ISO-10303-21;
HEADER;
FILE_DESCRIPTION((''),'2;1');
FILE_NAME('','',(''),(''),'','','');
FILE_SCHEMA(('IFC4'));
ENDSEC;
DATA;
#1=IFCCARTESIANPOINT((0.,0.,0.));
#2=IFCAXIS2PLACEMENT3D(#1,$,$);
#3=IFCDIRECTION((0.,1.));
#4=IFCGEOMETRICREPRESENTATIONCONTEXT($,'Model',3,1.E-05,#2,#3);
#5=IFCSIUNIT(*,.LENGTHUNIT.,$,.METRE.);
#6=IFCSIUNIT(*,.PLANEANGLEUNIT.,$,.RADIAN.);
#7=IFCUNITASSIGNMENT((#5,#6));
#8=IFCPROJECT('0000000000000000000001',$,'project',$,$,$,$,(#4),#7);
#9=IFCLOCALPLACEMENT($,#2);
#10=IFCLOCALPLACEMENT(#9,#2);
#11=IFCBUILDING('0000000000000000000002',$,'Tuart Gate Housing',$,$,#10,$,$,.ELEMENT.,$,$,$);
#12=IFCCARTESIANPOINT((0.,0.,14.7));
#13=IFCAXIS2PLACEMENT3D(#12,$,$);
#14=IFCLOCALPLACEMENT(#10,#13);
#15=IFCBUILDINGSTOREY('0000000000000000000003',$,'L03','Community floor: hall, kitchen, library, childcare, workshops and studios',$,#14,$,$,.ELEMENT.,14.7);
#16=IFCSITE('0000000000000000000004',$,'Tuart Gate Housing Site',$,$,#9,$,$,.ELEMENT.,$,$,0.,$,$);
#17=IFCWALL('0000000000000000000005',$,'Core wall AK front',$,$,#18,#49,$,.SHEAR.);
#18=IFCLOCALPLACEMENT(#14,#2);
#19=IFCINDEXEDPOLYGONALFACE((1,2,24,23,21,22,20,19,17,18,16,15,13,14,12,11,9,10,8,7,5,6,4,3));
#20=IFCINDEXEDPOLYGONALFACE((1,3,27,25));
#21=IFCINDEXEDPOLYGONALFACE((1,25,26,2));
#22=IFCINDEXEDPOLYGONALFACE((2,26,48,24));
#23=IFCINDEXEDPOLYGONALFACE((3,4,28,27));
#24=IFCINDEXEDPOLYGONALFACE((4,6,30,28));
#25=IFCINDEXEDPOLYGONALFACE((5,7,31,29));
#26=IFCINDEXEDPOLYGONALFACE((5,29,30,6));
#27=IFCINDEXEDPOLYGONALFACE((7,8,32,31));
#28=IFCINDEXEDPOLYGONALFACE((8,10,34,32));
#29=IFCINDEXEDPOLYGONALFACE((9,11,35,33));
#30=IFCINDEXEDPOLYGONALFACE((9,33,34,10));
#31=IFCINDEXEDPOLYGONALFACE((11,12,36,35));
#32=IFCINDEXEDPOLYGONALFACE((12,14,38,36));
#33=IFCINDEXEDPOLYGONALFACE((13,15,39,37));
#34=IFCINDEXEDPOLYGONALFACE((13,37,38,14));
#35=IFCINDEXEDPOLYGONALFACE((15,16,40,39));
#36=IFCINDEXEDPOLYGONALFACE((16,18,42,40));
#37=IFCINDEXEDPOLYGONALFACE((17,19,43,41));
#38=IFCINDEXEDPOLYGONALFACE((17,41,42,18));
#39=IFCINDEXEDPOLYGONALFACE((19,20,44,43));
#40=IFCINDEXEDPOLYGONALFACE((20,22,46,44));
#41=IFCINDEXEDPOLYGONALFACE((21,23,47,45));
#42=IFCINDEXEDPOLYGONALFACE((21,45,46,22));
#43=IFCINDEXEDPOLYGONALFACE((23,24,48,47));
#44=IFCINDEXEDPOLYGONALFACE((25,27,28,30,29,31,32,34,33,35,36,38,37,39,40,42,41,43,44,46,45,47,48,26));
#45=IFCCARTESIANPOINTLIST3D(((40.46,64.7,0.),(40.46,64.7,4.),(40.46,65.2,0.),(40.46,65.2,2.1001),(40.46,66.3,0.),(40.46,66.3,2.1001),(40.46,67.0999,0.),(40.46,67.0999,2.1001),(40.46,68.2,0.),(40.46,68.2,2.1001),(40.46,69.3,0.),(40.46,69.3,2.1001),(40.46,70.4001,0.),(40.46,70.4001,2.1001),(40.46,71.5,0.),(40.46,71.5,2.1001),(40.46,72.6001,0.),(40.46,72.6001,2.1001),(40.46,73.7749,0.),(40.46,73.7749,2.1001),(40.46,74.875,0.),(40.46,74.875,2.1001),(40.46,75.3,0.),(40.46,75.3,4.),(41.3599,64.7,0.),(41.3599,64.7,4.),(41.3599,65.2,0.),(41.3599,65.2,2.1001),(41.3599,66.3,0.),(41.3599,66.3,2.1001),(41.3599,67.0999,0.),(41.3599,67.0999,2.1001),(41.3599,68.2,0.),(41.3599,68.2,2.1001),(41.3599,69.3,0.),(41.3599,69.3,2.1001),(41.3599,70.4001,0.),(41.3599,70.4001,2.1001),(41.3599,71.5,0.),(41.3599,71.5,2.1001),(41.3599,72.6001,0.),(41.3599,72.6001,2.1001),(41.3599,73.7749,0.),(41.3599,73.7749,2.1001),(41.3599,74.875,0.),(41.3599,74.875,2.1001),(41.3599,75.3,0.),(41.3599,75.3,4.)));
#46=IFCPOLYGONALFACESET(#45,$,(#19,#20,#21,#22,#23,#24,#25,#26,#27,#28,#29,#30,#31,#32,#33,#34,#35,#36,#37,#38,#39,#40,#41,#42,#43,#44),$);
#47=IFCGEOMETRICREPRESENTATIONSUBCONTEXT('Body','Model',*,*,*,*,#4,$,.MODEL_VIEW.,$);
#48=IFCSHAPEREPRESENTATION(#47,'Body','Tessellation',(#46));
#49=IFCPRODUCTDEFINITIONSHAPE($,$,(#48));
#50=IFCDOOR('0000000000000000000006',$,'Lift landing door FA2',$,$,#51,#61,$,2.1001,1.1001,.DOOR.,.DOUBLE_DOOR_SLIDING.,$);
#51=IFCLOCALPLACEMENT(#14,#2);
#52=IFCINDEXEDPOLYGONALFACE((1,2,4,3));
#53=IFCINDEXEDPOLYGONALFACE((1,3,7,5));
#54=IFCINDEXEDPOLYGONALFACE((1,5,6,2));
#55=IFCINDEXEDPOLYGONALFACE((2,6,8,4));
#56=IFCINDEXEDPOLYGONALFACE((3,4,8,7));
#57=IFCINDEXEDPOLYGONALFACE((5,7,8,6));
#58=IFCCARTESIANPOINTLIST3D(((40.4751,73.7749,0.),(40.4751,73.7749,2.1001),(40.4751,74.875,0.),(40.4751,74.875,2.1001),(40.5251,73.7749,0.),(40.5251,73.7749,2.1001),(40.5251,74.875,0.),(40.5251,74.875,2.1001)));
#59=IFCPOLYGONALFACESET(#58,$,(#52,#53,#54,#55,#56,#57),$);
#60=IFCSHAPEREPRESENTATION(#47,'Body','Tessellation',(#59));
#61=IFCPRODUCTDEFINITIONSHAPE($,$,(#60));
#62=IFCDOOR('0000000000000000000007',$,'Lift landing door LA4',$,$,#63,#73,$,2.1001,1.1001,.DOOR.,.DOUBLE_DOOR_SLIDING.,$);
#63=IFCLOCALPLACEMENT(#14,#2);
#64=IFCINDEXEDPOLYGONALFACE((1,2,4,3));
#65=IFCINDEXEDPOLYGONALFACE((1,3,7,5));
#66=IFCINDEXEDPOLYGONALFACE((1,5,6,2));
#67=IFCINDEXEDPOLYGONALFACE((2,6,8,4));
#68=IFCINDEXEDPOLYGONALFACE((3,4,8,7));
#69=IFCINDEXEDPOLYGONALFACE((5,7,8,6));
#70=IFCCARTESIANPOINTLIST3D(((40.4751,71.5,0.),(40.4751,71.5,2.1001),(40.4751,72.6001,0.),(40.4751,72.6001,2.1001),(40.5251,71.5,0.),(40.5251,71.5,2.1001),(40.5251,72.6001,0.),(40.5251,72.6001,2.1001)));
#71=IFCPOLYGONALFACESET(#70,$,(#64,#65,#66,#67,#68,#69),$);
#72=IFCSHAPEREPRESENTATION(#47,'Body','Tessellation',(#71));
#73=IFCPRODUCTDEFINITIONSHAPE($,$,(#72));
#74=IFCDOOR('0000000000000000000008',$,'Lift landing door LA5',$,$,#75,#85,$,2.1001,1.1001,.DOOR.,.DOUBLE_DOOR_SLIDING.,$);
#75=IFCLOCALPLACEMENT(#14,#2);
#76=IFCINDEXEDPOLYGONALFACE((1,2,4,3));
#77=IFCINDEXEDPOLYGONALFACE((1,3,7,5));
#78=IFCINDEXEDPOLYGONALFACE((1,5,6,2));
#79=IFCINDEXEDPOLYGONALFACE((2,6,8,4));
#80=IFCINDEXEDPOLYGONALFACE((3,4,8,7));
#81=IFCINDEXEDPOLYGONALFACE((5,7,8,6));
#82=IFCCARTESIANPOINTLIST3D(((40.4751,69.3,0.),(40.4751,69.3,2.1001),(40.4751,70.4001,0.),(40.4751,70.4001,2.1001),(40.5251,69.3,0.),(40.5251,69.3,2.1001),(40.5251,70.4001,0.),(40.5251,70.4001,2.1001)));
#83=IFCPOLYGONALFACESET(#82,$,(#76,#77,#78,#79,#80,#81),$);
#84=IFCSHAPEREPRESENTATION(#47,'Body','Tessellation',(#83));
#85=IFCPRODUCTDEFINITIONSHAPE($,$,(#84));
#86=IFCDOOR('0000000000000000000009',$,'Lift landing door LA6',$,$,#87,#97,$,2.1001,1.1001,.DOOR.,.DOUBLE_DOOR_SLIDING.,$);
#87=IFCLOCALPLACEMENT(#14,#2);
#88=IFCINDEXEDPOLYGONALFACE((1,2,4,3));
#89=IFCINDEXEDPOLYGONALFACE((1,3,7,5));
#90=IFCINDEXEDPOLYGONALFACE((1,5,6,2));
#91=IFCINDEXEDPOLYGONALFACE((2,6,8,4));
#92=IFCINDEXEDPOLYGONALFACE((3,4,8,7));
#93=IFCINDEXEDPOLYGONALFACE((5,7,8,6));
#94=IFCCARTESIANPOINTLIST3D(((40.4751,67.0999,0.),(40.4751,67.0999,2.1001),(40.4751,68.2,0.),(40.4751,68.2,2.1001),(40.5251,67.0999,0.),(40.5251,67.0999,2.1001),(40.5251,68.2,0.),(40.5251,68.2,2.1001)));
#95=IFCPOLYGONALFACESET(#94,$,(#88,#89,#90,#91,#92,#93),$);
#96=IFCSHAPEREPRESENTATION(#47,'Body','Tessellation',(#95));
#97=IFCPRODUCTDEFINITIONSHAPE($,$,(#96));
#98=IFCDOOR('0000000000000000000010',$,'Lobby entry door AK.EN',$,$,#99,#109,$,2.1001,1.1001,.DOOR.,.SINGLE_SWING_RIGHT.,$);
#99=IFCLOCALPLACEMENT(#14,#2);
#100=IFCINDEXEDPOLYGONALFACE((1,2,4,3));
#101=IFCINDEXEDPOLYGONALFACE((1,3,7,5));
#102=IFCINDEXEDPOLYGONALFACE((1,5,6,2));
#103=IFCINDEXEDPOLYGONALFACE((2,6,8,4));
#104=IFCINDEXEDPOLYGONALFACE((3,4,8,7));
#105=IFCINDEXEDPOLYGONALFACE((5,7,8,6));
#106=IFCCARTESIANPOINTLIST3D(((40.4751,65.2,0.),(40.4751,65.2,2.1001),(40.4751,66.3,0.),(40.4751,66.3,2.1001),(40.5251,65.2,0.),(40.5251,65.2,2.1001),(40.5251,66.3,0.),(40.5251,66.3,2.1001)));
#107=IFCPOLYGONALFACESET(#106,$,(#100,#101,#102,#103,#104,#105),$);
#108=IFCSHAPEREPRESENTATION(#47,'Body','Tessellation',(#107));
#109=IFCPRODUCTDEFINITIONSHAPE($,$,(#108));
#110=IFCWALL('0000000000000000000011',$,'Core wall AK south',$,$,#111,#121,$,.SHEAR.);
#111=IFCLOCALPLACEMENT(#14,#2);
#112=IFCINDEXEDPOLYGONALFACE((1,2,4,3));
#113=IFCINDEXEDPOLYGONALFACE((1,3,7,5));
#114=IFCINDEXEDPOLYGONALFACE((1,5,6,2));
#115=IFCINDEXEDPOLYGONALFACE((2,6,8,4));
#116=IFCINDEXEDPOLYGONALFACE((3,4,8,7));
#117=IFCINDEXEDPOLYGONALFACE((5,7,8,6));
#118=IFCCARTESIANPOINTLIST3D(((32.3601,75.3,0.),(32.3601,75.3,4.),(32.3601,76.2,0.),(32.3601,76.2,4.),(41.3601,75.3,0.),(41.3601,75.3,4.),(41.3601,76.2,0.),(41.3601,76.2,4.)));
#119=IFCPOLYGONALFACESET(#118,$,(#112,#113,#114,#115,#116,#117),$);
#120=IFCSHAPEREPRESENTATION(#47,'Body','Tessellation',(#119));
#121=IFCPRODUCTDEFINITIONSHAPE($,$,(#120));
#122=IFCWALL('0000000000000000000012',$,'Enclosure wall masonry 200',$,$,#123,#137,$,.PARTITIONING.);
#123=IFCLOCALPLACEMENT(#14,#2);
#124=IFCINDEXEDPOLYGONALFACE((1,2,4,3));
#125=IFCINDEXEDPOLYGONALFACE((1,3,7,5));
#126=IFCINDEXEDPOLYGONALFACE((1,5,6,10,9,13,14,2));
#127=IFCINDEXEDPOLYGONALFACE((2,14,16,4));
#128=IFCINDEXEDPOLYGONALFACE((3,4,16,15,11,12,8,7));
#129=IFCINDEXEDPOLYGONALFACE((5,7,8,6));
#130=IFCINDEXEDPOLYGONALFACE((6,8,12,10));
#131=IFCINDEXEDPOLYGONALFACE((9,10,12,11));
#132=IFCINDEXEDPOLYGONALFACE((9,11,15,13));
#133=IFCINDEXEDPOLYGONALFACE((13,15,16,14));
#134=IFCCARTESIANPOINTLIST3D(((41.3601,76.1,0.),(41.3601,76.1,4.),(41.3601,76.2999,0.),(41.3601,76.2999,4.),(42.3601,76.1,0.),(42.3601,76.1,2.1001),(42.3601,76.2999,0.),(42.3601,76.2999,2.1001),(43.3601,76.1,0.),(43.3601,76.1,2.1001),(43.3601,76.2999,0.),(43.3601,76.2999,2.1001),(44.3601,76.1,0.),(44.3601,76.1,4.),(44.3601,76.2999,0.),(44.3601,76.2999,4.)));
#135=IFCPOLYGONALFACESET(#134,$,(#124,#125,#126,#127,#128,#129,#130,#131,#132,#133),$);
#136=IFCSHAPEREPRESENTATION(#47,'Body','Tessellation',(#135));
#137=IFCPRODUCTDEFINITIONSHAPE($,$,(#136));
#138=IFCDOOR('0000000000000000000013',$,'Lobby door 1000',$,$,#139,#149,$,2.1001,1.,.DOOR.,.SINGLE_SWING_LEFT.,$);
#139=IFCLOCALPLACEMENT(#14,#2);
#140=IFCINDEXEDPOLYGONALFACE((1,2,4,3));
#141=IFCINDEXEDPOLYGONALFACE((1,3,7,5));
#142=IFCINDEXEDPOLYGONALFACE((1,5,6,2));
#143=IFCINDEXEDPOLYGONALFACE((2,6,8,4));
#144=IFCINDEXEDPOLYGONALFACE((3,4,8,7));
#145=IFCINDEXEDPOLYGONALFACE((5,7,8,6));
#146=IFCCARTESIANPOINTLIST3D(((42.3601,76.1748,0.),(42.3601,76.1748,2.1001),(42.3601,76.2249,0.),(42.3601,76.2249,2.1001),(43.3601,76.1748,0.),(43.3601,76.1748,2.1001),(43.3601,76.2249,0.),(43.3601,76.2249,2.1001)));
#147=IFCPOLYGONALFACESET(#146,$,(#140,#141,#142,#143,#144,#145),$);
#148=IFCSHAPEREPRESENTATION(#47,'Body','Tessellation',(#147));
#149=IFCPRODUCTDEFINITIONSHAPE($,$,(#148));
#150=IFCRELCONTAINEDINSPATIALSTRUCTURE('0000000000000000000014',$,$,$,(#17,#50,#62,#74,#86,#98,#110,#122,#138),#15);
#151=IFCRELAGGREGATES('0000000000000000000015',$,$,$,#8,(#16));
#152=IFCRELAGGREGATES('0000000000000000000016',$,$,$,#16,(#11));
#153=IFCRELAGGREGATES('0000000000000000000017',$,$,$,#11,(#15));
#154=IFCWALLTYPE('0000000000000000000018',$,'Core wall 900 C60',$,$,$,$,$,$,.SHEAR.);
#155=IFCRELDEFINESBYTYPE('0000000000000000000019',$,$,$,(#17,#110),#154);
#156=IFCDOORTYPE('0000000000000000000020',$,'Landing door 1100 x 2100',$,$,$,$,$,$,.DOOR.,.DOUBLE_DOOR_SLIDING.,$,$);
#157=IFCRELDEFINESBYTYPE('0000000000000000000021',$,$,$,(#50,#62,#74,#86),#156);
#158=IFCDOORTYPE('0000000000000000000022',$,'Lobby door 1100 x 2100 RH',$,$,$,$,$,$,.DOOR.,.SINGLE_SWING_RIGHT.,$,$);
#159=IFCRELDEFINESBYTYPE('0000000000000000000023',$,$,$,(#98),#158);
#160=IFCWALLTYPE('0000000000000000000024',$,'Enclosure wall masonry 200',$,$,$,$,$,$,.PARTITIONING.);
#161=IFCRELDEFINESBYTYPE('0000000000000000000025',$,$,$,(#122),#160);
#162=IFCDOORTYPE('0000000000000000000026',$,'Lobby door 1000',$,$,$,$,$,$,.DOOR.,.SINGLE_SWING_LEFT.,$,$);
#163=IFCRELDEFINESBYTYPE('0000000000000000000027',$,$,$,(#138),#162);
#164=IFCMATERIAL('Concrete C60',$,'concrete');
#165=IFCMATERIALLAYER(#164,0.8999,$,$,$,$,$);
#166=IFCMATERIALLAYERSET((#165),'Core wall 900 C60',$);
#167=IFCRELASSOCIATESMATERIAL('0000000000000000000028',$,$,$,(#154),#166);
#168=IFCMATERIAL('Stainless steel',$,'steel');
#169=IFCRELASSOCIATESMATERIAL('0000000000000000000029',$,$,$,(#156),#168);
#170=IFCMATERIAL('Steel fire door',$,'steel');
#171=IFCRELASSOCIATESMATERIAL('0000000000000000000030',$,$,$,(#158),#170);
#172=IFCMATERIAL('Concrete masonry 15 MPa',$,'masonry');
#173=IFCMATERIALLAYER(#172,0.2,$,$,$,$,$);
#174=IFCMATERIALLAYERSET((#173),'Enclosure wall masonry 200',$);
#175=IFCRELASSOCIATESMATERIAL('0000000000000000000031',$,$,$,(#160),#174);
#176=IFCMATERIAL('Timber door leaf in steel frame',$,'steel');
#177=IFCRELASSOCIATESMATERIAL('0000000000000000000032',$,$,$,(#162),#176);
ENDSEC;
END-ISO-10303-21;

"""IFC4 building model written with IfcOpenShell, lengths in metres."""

from ifc_helpers import new_model, si_unit, direction, frame, frame_2d, origin, place, context, subcontext, project, spatial, rectangle, extrude, material, layer, layer_set, type_object, element, fill, save


model = new_model("IFC4")

# Units and contexts
model_context = context("Model", 3, precision=1e-05, world=origin(), true_north=direction((0.0, 1.0)))
body_context = subcontext(model_context, "Body", "Model", "MODEL_VIEW")
ifc_project = project(units=[si_unit("LENGTHUNIT", "METRE"), si_unit("PLANEANGLEUNIT", "RADIAN")], contexts=[model_context])

# Site, building, storey
site_placement = place(None, origin())
site = spatial("IfcSite", under=ifc_project, at=site_placement, Name="Tuart Gate Housing Site", CompositionType="ELEMENT", RefElevation=0.0)
building_placement = place(site_placement, origin())
building = spatial("IfcBuilding", under=site, at=building_placement, Name="Tuart Gate Housing", CompositionType="ELEMENT")
storey_placement = place(building_placement, frame((0.0, 0.0, 14.7)))
storey = spatial("IfcBuildingStorey", under=building, at=storey_placement, Name="L03", Description="Community floor: hall, kitchen, library, childcare, workshops and studios", CompositionType="ELEMENT", Elevation=14.7)

# Wall, openings, doors
ifc_material_1 = material(Name="Concrete C60", Category="concrete")
ifc_layer_1 = layer(ifc_material_1, 0.8999)
ifc_layer_set_1 = layer_set([ifc_layer_1], Name="Core wall 900 C60")
wall_type_1 = type_object("IfcWallType", Name="Core wall 900 C60", PredefinedType="SHEAR", material=ifc_layer_set_1)
wall_1_placement = place(storey_placement, frame((40.9099, 75.3, 0.0), z_axis=(0.0, 0.0, 1.0), x_axis=(0.0, -1.0, 0.0)))
wall_1 = element("IfcWall", 1, at=wall_1_placement, inside=storey, type_object=wall_type_1, Name="Core wall AK front", PredefinedType="SHEAR", context=body_context, shape_type="SweptSolid", body=[
    extrude(rectangle(XDim=10.6001, YDim=0.8999, at=frame_2d((5.3, 0.0))), origin(), (0.0, 0.0, 1.0), 4.0),
])
opening_1_placement = place(wall_1_placement, frame((0.425, 0.0, 0.0)))
opening_1 = element("IfcOpeningElement", 2, at=opening_1_placement, cuts=wall_1, PredefinedType="OPENING", context=body_context, shape_type="SweptSolid", body=[
    extrude(rectangle(XDim=1.1001, YDim=2.1001, at=frame_2d((0.55, 1.05))), frame((0.0, 0.46, 0.0), z_axis=(0.0, -1.0, 0.0), x_axis=(1.0, 0.0, 0.0)), (0.0, 0.0, 1.0), 0.9199),
])
opening_2_placement = place(wall_1_placement, frame((2.7, 0.0, 0.0)))
opening_2 = element("IfcOpeningElement", 3, at=opening_2_placement, cuts=wall_1, PredefinedType="OPENING", context=body_context, shape_type="SweptSolid", body=[
    extrude(rectangle(XDim=1.1001, YDim=2.1001, at=frame_2d((0.55, 1.05))), frame((0.0, 0.46, 0.0), z_axis=(0.0, -1.0, 0.0), x_axis=(1.0, 0.0, 0.0)), (0.0, 0.0, 1.0), 0.9199),
])
opening_3_placement = place(wall_1_placement, frame((4.8999, 0.0, 0.0)))
opening_3 = element("IfcOpeningElement", 4, at=opening_3_placement, cuts=wall_1, PredefinedType="OPENING", context=body_context, shape_type="SweptSolid", body=[
    extrude(rectangle(XDim=1.1001, YDim=2.1001, at=frame_2d((0.55, 1.05))), frame((0.0, 0.46, 0.0), z_axis=(0.0, -1.0, 0.0), x_axis=(1.0, 0.0, 0.0)), (0.0, 0.0, 1.0), 0.9199),
])
opening_4_placement = place(wall_1_placement, frame((7.1001, 0.0, 0.0)))
opening_4 = element("IfcOpeningElement", 5, at=opening_4_placement, cuts=wall_1, PredefinedType="OPENING", context=body_context, shape_type="SweptSolid", body=[
    extrude(rectangle(XDim=1.1001, YDim=2.1001, at=frame_2d((0.55, 1.05))), frame((0.0, 0.46, 0.0), z_axis=(0.0, -1.0, 0.0), x_axis=(1.0, 0.0, 0.0)), (0.0, 0.0, 1.0), 0.9199),
])
opening_5_placement = place(wall_1_placement, frame((9.0, 0.0, 0.0)))
opening_5 = element("IfcOpeningElement", 6, at=opening_5_placement, cuts=wall_1, PredefinedType="OPENING", context=body_context, shape_type="SweptSolid", body=[
    extrude(rectangle(XDim=1.1001, YDim=2.1001, at=frame_2d((0.55, 1.05))), frame((0.0, 0.46, 0.0), z_axis=(0.0, -1.0, 0.0), x_axis=(1.0, 0.0, 0.0)), (0.0, 0.0, 1.0), 0.9199),
])
ifc_material_2 = material(Name="Stainless steel", Category="steel")
door_type_1 = type_object("IfcDoorType", Name="Landing door 1100 x 2100", OperationType="DOUBLE_DOOR_SLIDING", PredefinedType="DOOR", material=ifc_material_2)
door_1_placement = place(opening_1_placement, origin())
door_1 = element("IfcDoor", 7, at=door_1_placement, inside=storey, type_object=door_type_1, Name="Lift landing door FA2", OperationType="DOUBLE_DOOR_SLIDING", OverallHeight=2.1001, OverallWidth=1.1001, PredefinedType="DOOR", context=body_context, shape_type="SweptSolid", body=[
    extrude(rectangle(XDim=1.1001, YDim=2.1001, at=frame_2d((0.55, 1.05))), frame((0.0, -0.3848, 0.0), z_axis=(0.0, -1.0, 0.0), x_axis=(1.0, 0.0, 0.0)), (0.0, 0.0, 1.0), 0.05),
])
fill(opening_1, door_1)
door_2_placement = place(opening_2_placement, origin())
door_2 = element("IfcDoor", 8, at=door_2_placement, inside=storey, type_object=door_type_1, Name="Lift landing door LA4", OperationType="DOUBLE_DOOR_SLIDING", OverallHeight=2.1001, OverallWidth=1.1001, PredefinedType="DOOR", context=body_context, shape_type="SweptSolid", body=[
    extrude(rectangle(XDim=1.1001, YDim=2.1001, at=frame_2d((0.55, 1.05))), frame((0.0, -0.3848, 0.0), z_axis=(0.0, -1.0, 0.0), x_axis=(1.0, 0.0, 0.0)), (0.0, 0.0, 1.0), 0.05),
])
fill(opening_2, door_2)
door_3_placement = place(opening_3_placement, origin())
door_3 = element("IfcDoor", 9, at=door_3_placement, inside=storey, type_object=door_type_1, Name="Lift landing door LA5", OperationType="DOUBLE_DOOR_SLIDING", OverallHeight=2.1001, OverallWidth=1.1001, PredefinedType="DOOR", context=body_context, shape_type="SweptSolid", body=[
    extrude(rectangle(XDim=1.1001, YDim=2.1001, at=frame_2d((0.55, 1.05))), frame((0.0, -0.3848, 0.0), z_axis=(0.0, -1.0, 0.0), x_axis=(1.0, 0.0, 0.0)), (0.0, 0.0, 1.0), 0.05),
])
fill(opening_3, door_3)
door_4_placement = place(opening_4_placement, origin())
door_4 = element("IfcDoor", 10, at=door_4_placement, inside=storey, type_object=door_type_1, Name="Lift landing door LA6", OperationType="DOUBLE_DOOR_SLIDING", OverallHeight=2.1001, OverallWidth=1.1001, PredefinedType="DOOR", context=body_context, shape_type="SweptSolid", body=[
    extrude(rectangle(XDim=1.1001, YDim=2.1001, at=frame_2d((0.55, 1.05))), frame((0.0, -0.3848, 0.0), z_axis=(0.0, -1.0, 0.0), x_axis=(1.0, 0.0, 0.0)), (0.0, 0.0, 1.0), 0.05),
])
fill(opening_4, door_4)
ifc_material_3 = material(Name="Steel fire door", Category="steel")
door_type_2 = type_object("IfcDoorType", Name="Lobby door 1100 x 2100 RH", OperationType="SINGLE_SWING_RIGHT", PredefinedType="DOOR", material=ifc_material_3)
door_5_placement = place(opening_5_placement, frame((1.1001, 0.0, 0.0), z_axis=(0.0, 0.0, 1.0), x_axis=(-1.0, 0.0, 0.0)))
door_5 = element("IfcDoor", 11, at=door_5_placement, inside=storey, type_object=door_type_2, Name="Lobby entry door AK.EN", OperationType="SINGLE_SWING_RIGHT", OverallHeight=2.1001, OverallWidth=1.1001, PredefinedType="DOOR", context=body_context, shape_type="SweptSolid", body=[
    extrude(rectangle(XDim=1.1001, YDim=2.1001, at=frame_2d((0.55, 1.05))), frame((0.0, 0.4348, 0.0), z_axis=(0.0, -1.0, 0.0), x_axis=(1.0, 0.0, 0.0)), (0.0, 0.0, 1.0), 0.05),
])
fill(opening_5, door_5)

# Wall
wall_2_placement = place(storey_placement, frame((41.3601, 75.75, 0.0), z_axis=(0.0, 0.0, 1.0), x_axis=(-1.0, 0.0, 0.0)))
element("IfcWall", 12, at=wall_2_placement, inside=storey, type_object=wall_type_1, Name="Core wall AK south", PredefinedType="SHEAR", context=body_context, shape_type="SweptSolid", body=[
    extrude(rectangle(XDim=9.0, YDim=0.8999, at=frame_2d((4.5, 0.0))), origin(), (0.0, 0.0, 1.0), 4.0),
])

# Wall, opening, door
ifc_material_4 = material(Name="Concrete masonry 15 MPa", Category="masonry")
ifc_layer_2 = layer(ifc_material_4, 0.2)
ifc_layer_set_2 = layer_set([ifc_layer_2], Name="Enclosure wall masonry 200")
wall_type_2 = type_object("IfcWallType", Name="Enclosure wall masonry 200", PredefinedType="PARTITIONING", material=ifc_layer_set_2)
wall_3_placement = place(storey_placement, frame((41.3601, 76.2, 0.0), z_axis=(0.0, 0.0, 1.0), x_axis=(1.0, 0.0, 0.0)))
wall_3 = element("IfcWall", 13, at=wall_3_placement, inside=storey, type_object=wall_type_2, Name="Enclosure wall masonry 200", PredefinedType="PARTITIONING", context=body_context, shape_type="SweptSolid", body=[
    extrude(rectangle(XDim=3.0, YDim=0.2, at=frame_2d((1.5, 0.0))), origin(), (0.0, 0.0, 1.0), 4.0),
])
opening_6_placement = place(wall_3_placement, frame((1.0, 0.0, 0.0)))
opening_6 = element("IfcOpeningElement", 14, at=opening_6_placement, cuts=wall_3, PredefinedType="OPENING", context=body_context, shape_type="SweptSolid", body=[
    extrude(rectangle(XDim=1.0, YDim=2.1001, at=frame_2d((0.5, 1.05))), frame((0.0, 0.1099, 0.0), z_axis=(0.0, -1.0, 0.0), x_axis=(1.0, 0.0, 0.0)), (0.0, 0.0, 1.0), 0.22),
])
ifc_material_5 = material(Name="Timber door leaf in steel frame", Category="steel")
door_type_3 = type_object("IfcDoorType", Name="Lobby door 1000", OperationType="SINGLE_SWING_LEFT", PredefinedType="DOOR", material=ifc_material_5)
door_6_placement = place(opening_6_placement, frame((1.0, 0.0, 0.0), z_axis=(0.0, 0.0, 1.0), x_axis=(-1.0, 0.0, 0.0)))
door_6 = element("IfcDoor", 15, at=door_6_placement, inside=storey, type_object=door_type_3, Name="Lobby door 1000", OperationType="SINGLE_SWING_LEFT", OverallHeight=2.1001, OverallWidth=1.0, PredefinedType="DOOR", context=body_context, shape_type="SweptSolid", body=[
    extrude(rectangle(XDim=1.0, YDim=2.1001, at=frame_2d((0.5, 1.05))), frame((0.0, 0.0251, 0.0), z_axis=(0.0, -1.0, 0.0), x_axis=(1.0, 0.0, 0.0)), (0.0, 0.0, 1.0), 0.05),
])
fill(opening_6, door_6)

save(model, "model.ifc")
